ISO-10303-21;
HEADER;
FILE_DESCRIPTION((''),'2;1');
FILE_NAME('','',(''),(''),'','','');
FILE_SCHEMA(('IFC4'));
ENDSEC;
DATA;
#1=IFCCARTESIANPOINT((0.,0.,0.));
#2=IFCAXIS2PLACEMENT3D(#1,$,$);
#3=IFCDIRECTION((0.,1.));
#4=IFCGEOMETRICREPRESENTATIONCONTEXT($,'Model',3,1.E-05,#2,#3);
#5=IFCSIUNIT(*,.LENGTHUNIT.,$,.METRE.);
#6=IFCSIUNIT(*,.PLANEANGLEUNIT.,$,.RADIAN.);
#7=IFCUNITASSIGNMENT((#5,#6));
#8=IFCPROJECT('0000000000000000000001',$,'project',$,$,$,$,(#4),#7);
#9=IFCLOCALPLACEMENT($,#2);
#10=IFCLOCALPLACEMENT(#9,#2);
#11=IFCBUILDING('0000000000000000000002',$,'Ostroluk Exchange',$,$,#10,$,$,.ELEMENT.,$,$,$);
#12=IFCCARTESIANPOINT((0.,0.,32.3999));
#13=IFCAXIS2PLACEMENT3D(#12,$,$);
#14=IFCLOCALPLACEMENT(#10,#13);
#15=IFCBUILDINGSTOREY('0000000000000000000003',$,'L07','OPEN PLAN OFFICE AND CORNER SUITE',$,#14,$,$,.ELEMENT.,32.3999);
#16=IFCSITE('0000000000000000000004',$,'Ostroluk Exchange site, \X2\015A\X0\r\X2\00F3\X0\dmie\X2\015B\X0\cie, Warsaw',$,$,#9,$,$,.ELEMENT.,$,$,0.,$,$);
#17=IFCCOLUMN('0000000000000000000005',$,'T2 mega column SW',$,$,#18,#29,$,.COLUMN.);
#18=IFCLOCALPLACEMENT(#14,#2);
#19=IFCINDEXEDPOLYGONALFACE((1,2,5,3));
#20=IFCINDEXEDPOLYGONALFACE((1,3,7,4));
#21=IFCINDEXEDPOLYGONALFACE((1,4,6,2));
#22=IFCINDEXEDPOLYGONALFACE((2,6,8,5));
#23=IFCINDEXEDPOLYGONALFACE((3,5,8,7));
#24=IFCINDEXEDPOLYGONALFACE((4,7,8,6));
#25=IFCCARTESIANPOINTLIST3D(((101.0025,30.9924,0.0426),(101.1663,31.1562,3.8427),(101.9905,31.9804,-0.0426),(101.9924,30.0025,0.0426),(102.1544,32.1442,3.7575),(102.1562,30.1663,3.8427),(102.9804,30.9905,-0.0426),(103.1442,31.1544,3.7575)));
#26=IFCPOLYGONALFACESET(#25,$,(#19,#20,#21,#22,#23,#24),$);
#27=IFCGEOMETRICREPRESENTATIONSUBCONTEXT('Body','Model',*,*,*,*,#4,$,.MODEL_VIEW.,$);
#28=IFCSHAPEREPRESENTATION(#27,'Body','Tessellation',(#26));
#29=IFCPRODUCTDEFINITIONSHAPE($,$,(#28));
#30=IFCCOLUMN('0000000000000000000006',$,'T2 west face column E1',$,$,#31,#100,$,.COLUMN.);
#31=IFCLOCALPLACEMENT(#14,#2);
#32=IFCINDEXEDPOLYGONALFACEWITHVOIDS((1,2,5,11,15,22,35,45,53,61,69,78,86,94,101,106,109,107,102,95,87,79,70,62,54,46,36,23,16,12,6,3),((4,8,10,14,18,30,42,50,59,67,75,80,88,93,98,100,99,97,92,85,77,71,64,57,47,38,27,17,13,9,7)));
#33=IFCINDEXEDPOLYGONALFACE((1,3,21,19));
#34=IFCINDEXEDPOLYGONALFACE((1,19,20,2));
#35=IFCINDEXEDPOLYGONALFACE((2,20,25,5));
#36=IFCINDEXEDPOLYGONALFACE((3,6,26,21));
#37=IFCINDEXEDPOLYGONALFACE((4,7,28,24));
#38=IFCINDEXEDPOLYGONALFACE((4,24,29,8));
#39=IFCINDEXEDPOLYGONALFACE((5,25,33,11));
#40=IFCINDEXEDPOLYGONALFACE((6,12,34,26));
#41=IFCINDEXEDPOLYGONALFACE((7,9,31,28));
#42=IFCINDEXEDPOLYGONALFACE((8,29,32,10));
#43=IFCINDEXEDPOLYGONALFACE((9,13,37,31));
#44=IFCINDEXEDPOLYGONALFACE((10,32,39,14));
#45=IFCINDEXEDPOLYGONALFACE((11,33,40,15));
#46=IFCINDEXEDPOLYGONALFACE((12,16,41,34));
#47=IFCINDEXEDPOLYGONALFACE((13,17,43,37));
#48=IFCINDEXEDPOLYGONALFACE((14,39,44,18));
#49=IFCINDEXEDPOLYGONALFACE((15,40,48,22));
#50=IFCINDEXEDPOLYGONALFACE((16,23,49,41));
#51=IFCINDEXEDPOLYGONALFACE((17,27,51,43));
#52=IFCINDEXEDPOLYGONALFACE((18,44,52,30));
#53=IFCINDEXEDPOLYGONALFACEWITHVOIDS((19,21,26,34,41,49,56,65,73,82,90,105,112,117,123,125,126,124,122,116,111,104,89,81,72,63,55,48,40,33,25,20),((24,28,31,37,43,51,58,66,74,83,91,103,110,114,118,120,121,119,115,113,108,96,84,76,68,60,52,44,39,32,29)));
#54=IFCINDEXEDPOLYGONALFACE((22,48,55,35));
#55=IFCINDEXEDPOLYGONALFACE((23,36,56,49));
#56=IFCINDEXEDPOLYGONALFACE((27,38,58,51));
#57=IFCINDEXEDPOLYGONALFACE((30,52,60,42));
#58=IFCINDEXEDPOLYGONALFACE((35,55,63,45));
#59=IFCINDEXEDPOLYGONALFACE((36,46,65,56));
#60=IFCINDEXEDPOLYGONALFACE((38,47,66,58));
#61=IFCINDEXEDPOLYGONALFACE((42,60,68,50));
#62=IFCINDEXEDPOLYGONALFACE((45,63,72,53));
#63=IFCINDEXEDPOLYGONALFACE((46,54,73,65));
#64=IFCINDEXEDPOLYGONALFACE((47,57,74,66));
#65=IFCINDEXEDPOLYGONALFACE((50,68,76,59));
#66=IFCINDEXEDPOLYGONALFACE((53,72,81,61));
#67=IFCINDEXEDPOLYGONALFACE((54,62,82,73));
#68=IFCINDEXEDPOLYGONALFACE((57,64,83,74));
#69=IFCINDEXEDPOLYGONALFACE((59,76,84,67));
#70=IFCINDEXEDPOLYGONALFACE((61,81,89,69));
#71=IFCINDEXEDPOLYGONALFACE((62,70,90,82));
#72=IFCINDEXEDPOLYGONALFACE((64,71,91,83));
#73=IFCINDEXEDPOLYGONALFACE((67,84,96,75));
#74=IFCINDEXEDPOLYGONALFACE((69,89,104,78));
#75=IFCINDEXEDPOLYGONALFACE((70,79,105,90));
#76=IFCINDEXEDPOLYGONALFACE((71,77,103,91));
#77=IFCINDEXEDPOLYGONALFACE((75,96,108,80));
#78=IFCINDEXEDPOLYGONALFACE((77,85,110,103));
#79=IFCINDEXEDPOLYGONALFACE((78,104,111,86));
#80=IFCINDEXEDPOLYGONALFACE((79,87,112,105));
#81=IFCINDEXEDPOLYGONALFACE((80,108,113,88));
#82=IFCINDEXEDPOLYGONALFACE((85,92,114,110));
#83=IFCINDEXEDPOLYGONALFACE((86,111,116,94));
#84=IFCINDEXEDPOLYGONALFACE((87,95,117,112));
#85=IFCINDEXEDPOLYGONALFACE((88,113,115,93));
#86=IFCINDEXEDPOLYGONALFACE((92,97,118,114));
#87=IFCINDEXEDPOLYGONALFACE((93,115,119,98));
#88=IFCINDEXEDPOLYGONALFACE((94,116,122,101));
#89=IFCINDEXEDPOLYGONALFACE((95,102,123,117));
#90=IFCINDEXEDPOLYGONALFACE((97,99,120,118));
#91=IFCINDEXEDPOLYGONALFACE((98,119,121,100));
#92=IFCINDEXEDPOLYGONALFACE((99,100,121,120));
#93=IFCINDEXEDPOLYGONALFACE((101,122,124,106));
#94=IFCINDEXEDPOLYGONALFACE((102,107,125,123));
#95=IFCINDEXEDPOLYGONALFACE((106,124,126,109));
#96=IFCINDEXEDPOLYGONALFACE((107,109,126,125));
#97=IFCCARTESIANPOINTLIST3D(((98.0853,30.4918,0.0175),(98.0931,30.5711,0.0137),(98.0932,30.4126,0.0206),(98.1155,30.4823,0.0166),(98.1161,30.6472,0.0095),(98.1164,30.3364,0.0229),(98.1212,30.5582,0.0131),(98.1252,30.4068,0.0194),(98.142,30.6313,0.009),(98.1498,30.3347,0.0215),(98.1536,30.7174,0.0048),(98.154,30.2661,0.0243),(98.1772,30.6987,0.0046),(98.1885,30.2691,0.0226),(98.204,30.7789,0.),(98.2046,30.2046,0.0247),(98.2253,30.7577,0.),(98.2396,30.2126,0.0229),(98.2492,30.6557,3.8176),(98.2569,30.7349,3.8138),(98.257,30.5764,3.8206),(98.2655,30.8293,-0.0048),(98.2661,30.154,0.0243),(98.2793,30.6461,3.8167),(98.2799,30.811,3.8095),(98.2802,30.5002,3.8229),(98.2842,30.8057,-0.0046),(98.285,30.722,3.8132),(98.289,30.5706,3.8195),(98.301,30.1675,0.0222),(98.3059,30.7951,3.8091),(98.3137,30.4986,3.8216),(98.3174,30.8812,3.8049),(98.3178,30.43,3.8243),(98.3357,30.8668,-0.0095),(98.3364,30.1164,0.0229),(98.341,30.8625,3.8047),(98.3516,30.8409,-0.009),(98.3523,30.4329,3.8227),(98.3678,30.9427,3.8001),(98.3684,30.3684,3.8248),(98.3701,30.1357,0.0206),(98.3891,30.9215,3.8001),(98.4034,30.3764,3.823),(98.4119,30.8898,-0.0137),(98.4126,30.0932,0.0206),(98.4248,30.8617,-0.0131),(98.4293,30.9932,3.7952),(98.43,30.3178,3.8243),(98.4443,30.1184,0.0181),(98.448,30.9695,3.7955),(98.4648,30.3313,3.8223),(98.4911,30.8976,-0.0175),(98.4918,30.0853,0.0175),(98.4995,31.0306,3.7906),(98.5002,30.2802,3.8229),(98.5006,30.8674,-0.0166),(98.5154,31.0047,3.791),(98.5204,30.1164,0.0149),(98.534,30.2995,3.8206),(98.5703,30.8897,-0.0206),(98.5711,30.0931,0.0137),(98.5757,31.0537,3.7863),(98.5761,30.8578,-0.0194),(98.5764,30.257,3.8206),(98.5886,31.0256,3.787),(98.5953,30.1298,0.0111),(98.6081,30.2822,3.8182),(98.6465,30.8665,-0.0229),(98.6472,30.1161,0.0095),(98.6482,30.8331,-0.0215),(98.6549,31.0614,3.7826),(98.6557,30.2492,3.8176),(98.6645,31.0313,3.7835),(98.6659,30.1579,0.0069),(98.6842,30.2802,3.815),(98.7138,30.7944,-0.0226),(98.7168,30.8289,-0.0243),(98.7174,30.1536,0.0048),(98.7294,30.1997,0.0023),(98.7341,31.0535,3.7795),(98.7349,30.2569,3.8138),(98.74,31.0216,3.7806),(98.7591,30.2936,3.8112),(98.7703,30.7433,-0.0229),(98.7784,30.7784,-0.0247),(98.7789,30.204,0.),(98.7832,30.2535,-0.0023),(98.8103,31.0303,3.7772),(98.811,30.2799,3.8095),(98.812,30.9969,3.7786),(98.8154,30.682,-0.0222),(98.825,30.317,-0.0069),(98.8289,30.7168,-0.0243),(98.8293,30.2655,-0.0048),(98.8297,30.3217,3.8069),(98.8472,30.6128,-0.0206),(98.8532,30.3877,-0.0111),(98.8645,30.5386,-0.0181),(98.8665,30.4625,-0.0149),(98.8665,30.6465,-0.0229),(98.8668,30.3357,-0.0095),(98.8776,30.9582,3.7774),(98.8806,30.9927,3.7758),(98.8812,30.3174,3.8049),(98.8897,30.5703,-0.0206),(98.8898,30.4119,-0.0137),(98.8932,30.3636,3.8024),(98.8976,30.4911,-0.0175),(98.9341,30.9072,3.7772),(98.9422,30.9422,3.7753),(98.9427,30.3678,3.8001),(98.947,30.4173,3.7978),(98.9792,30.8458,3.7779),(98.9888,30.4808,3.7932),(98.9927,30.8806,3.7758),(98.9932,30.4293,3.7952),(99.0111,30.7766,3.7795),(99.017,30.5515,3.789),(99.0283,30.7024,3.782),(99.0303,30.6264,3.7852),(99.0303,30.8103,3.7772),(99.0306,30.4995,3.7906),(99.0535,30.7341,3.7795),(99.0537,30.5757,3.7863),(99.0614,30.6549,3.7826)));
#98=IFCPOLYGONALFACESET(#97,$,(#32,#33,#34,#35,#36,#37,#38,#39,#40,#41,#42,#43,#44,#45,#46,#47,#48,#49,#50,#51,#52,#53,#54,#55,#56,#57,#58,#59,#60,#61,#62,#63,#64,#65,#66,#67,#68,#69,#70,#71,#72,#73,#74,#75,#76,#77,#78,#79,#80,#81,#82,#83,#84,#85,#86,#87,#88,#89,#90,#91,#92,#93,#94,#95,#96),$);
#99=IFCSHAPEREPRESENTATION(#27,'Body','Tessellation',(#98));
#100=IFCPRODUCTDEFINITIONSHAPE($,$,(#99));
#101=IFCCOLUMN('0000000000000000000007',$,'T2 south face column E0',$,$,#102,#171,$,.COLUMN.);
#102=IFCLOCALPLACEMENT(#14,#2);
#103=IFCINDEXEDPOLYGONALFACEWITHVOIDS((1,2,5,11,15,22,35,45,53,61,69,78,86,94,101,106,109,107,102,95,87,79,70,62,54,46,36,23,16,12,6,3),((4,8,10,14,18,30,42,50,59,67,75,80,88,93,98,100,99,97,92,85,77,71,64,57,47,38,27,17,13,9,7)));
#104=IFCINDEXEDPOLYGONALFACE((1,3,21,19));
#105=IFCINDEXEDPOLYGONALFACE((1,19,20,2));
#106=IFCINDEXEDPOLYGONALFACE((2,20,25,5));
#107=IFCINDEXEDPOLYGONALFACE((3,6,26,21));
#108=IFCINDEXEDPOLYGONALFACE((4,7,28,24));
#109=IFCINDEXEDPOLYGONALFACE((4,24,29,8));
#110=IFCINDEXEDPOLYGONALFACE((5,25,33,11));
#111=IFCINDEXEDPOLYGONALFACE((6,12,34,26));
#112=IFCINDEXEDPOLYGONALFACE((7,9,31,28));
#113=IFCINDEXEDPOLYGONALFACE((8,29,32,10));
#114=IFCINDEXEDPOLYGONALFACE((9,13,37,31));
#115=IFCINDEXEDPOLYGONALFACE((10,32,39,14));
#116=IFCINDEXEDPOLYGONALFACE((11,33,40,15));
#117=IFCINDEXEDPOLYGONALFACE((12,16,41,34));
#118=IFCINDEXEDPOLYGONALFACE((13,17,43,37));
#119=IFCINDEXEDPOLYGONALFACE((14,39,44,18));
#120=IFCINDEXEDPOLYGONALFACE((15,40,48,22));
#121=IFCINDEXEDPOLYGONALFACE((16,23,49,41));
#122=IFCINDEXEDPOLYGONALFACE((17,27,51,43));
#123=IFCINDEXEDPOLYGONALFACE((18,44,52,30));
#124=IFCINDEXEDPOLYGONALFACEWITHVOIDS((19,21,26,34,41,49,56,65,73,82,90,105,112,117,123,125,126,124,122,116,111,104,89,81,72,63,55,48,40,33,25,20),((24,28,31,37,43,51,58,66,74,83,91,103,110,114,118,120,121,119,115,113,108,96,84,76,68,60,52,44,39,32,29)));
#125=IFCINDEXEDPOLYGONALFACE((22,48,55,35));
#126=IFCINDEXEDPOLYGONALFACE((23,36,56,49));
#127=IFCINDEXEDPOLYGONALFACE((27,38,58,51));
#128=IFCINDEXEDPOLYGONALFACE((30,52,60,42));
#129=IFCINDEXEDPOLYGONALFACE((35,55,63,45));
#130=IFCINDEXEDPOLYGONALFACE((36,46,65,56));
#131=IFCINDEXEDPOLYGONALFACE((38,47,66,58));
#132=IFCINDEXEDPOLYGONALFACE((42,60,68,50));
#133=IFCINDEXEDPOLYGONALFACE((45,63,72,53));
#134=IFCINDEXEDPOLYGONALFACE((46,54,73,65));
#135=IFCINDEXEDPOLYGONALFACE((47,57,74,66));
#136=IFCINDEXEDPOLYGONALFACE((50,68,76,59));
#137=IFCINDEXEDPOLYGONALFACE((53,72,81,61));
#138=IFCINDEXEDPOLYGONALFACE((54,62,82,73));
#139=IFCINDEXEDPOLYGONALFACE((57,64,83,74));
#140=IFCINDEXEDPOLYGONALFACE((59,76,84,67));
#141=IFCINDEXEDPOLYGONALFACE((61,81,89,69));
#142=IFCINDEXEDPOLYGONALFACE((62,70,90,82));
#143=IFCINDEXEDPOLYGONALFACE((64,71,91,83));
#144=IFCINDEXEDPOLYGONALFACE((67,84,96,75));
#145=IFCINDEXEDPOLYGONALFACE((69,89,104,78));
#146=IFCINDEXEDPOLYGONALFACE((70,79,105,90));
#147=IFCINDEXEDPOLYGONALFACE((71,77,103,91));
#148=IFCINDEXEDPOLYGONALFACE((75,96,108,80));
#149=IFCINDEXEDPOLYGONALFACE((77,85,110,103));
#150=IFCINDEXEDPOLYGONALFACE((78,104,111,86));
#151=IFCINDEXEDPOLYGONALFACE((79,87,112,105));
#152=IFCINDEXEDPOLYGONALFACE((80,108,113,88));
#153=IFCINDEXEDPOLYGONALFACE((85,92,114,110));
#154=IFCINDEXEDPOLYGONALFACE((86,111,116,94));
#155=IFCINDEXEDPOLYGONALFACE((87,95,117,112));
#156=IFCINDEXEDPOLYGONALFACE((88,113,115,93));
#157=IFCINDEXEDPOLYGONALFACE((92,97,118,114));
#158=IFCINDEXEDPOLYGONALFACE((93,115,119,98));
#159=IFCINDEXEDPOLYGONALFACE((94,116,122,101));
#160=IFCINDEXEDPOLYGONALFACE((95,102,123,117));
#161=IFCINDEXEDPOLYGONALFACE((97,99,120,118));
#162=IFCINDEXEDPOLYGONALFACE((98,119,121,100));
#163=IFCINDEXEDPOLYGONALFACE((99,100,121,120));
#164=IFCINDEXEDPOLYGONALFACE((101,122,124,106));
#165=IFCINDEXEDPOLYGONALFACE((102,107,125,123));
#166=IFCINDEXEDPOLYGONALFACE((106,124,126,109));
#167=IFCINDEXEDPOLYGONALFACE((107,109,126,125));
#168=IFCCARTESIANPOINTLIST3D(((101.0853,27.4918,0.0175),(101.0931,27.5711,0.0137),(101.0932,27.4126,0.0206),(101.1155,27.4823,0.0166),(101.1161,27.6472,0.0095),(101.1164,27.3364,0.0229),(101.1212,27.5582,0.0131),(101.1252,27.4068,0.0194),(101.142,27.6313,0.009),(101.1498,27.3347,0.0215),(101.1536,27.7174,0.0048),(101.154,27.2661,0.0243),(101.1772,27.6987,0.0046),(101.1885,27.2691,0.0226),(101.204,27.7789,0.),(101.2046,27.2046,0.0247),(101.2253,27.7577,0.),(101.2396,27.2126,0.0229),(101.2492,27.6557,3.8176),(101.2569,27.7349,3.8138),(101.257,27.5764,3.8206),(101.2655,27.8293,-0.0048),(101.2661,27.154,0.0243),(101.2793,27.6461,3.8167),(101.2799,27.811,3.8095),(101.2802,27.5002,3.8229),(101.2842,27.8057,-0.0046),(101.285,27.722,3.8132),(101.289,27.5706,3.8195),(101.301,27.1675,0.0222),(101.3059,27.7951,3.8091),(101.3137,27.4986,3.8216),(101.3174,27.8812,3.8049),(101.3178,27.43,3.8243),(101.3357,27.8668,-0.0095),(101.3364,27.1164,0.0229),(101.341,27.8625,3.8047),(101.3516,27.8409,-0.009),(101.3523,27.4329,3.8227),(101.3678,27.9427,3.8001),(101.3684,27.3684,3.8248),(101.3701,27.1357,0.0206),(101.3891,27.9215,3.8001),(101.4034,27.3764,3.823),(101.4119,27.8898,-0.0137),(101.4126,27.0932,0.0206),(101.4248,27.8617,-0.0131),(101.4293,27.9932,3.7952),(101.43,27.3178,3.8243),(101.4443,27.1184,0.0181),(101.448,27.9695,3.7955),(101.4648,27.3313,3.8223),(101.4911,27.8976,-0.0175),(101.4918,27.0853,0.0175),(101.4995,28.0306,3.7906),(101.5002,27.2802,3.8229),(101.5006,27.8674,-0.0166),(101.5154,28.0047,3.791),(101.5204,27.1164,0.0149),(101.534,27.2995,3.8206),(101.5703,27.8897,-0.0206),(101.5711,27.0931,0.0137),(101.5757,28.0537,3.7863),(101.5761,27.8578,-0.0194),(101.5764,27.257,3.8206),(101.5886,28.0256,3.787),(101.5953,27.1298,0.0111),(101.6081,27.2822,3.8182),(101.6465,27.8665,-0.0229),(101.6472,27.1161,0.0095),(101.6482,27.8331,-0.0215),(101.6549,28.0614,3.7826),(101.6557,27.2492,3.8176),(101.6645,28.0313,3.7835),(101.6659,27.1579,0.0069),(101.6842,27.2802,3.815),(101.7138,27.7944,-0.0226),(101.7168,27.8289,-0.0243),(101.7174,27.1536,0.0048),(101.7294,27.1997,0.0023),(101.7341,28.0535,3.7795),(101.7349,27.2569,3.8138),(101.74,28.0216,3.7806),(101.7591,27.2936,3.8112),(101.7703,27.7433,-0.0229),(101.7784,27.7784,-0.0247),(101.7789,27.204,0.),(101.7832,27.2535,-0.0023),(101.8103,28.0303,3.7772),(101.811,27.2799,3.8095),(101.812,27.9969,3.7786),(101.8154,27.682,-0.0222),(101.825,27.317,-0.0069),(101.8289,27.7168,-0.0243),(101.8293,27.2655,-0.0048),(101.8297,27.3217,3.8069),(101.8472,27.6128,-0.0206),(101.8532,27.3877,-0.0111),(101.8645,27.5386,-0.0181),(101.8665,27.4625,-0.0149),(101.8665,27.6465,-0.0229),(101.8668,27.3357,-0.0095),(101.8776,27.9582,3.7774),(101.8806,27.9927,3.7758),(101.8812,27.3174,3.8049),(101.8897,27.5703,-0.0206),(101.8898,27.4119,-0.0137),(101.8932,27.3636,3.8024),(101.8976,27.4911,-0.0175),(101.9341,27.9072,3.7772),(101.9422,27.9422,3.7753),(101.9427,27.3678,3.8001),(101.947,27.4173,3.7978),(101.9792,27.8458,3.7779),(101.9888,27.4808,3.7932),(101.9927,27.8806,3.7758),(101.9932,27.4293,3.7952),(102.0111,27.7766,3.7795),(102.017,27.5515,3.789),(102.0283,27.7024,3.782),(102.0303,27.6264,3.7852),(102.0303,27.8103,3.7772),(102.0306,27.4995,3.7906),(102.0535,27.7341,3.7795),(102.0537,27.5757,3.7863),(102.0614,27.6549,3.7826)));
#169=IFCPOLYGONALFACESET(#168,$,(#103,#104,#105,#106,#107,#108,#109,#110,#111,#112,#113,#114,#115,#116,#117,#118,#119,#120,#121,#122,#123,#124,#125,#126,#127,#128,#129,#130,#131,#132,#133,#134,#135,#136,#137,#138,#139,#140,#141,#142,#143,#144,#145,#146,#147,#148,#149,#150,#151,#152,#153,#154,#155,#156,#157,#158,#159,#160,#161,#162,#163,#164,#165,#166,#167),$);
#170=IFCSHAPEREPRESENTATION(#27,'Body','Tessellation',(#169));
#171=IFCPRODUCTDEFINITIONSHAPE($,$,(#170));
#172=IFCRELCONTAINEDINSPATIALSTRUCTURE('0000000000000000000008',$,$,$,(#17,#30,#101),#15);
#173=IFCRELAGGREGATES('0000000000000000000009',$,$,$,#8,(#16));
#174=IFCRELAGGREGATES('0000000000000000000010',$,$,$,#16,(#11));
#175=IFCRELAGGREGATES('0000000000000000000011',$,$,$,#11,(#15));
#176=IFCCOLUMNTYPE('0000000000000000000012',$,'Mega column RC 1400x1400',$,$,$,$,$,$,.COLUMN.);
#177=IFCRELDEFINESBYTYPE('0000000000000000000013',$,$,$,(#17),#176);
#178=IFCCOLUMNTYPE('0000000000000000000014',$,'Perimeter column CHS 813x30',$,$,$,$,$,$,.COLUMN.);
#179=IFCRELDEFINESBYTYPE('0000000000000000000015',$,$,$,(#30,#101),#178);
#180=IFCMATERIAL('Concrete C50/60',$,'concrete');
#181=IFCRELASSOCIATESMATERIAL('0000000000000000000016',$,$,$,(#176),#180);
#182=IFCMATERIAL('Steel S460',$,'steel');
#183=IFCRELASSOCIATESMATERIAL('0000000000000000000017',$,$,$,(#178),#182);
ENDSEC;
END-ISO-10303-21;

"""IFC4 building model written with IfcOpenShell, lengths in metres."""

from ifc_helpers import new_model, si_unit, direction, frame, origin, origin_2d, place, context, subcontext, project, spatial, rectangle, hollow_circle, extrude, material, material_profile, profile_set, type_object, element, save


model = new_model("IFC4")

# Units and contexts
model_context = context("Model", 3, precision=1e-05, world=origin(), true_north=direction((0.0, 1.0)))
body_context = subcontext(model_context, "Body", "Model", "MODEL_VIEW")
ifc_project = project(units=[si_unit("LENGTHUNIT", "METRE"), si_unit("PLANEANGLEUNIT", "RADIAN")], contexts=[model_context])

# Site, building, storey
site_placement = place(None, origin())
site = spatial("IfcSite", under=ifc_project, at=site_placement, Name="Ostroluk Exchange site, Śródmieście, Warsaw", CompositionType="ELEMENT", RefElevation=0.0)
building_placement = place(site_placement, origin())
building = spatial("IfcBuilding", under=site, at=building_placement, Name="Ostroluk Exchange", CompositionType="ELEMENT")
storey_placement = place(building_placement, frame((0.0, 0.0, 32.3999)))
storey = spatial("IfcBuildingStorey", under=building, at=storey_placement, Name="L07", Description="OPEN PLAN OFFICE AND CORNER SUITE", CompositionType="ELEMENT", Elevation=32.3999)

# Columns
ifc_material_1 = material(Name="Concrete C50/60", Category="concrete")
ifc_material_profile_1 = material_profile(ifc_material_1, rectangle(XDim=1.3999, YDim=1.3999, at=origin_2d()), Name="RC 1400x1400")
ifc_profile_set_1 = profile_set([ifc_material_profile_1], Name="Concrete C50/60")
column_type_1 = type_object("IfcColumnType", Name="Mega column RC 1400x1400", PredefinedType="COLUMN", material=ifc_profile_set_1)
column_1_placement = place(storey_placement, frame((101.9915, 30.9915, 0.0), z_axis=(0.04303, 0.04303, 0.998147), x_axis=(-0.707107, 0.707107, 0.0)))
element("IfcColumn", 1, at=column_1_placement, inside=storey, type_object=column_type_1, Name="T2 mega column SW", PredefinedType="COLUMN", context=body_context, shape_type="SweptSolid", body=[
    extrude(rectangle(XDim=1.3999, YDim=1.3999, at=origin_2d()), origin(), (0.0, 0.0, 1.0), 3.8071),
])
ifc_material_2 = material(Name="Steel S460", Category="steel")
ifc_material_profile_2 = material_profile(ifc_material_2, hollow_circle(Radius=0.4065, WallThickness=0.03, at=origin_2d()), Name="CHS 813x30")
ifc_profile_set_2 = profile_set([ifc_material_profile_2], Name="Steel S460")
column_type_2 = type_object("IfcColumnType", Name="Perimeter column CHS 813x30", PredefinedType="COLUMN", material=ifc_profile_set_2)
for number, where, z_axis, x_axis, name in (
    (2, (98.4915, 30.4915, 0.0), (0.04303, 0.04303, 0.998147), (-0.707107, 0.707107, 0.0), "T2 west face column E1"),
    (3, (101.4915, 27.4915, 0.0), (0.04303, 0.04303, 0.998147), (-0.707107, 0.707107, 0.0), "T2 south face column E0"),
):
    element("IfcColumn", number, at=place(storey_placement, frame(where, z_axis=z_axis, x_axis=x_axis)), inside=storey, type_object=column_type_2, Name=name, PredefinedType="COLUMN", context=body_context, shape_type="SweptSolid", body=[
        extrude(hollow_circle(Radius=0.4065, WallThickness=0.03, at=origin_2d()), origin(), (0.0, 0.0, 1.0), 3.8071),
    ])

save(model, "model.ifc")
